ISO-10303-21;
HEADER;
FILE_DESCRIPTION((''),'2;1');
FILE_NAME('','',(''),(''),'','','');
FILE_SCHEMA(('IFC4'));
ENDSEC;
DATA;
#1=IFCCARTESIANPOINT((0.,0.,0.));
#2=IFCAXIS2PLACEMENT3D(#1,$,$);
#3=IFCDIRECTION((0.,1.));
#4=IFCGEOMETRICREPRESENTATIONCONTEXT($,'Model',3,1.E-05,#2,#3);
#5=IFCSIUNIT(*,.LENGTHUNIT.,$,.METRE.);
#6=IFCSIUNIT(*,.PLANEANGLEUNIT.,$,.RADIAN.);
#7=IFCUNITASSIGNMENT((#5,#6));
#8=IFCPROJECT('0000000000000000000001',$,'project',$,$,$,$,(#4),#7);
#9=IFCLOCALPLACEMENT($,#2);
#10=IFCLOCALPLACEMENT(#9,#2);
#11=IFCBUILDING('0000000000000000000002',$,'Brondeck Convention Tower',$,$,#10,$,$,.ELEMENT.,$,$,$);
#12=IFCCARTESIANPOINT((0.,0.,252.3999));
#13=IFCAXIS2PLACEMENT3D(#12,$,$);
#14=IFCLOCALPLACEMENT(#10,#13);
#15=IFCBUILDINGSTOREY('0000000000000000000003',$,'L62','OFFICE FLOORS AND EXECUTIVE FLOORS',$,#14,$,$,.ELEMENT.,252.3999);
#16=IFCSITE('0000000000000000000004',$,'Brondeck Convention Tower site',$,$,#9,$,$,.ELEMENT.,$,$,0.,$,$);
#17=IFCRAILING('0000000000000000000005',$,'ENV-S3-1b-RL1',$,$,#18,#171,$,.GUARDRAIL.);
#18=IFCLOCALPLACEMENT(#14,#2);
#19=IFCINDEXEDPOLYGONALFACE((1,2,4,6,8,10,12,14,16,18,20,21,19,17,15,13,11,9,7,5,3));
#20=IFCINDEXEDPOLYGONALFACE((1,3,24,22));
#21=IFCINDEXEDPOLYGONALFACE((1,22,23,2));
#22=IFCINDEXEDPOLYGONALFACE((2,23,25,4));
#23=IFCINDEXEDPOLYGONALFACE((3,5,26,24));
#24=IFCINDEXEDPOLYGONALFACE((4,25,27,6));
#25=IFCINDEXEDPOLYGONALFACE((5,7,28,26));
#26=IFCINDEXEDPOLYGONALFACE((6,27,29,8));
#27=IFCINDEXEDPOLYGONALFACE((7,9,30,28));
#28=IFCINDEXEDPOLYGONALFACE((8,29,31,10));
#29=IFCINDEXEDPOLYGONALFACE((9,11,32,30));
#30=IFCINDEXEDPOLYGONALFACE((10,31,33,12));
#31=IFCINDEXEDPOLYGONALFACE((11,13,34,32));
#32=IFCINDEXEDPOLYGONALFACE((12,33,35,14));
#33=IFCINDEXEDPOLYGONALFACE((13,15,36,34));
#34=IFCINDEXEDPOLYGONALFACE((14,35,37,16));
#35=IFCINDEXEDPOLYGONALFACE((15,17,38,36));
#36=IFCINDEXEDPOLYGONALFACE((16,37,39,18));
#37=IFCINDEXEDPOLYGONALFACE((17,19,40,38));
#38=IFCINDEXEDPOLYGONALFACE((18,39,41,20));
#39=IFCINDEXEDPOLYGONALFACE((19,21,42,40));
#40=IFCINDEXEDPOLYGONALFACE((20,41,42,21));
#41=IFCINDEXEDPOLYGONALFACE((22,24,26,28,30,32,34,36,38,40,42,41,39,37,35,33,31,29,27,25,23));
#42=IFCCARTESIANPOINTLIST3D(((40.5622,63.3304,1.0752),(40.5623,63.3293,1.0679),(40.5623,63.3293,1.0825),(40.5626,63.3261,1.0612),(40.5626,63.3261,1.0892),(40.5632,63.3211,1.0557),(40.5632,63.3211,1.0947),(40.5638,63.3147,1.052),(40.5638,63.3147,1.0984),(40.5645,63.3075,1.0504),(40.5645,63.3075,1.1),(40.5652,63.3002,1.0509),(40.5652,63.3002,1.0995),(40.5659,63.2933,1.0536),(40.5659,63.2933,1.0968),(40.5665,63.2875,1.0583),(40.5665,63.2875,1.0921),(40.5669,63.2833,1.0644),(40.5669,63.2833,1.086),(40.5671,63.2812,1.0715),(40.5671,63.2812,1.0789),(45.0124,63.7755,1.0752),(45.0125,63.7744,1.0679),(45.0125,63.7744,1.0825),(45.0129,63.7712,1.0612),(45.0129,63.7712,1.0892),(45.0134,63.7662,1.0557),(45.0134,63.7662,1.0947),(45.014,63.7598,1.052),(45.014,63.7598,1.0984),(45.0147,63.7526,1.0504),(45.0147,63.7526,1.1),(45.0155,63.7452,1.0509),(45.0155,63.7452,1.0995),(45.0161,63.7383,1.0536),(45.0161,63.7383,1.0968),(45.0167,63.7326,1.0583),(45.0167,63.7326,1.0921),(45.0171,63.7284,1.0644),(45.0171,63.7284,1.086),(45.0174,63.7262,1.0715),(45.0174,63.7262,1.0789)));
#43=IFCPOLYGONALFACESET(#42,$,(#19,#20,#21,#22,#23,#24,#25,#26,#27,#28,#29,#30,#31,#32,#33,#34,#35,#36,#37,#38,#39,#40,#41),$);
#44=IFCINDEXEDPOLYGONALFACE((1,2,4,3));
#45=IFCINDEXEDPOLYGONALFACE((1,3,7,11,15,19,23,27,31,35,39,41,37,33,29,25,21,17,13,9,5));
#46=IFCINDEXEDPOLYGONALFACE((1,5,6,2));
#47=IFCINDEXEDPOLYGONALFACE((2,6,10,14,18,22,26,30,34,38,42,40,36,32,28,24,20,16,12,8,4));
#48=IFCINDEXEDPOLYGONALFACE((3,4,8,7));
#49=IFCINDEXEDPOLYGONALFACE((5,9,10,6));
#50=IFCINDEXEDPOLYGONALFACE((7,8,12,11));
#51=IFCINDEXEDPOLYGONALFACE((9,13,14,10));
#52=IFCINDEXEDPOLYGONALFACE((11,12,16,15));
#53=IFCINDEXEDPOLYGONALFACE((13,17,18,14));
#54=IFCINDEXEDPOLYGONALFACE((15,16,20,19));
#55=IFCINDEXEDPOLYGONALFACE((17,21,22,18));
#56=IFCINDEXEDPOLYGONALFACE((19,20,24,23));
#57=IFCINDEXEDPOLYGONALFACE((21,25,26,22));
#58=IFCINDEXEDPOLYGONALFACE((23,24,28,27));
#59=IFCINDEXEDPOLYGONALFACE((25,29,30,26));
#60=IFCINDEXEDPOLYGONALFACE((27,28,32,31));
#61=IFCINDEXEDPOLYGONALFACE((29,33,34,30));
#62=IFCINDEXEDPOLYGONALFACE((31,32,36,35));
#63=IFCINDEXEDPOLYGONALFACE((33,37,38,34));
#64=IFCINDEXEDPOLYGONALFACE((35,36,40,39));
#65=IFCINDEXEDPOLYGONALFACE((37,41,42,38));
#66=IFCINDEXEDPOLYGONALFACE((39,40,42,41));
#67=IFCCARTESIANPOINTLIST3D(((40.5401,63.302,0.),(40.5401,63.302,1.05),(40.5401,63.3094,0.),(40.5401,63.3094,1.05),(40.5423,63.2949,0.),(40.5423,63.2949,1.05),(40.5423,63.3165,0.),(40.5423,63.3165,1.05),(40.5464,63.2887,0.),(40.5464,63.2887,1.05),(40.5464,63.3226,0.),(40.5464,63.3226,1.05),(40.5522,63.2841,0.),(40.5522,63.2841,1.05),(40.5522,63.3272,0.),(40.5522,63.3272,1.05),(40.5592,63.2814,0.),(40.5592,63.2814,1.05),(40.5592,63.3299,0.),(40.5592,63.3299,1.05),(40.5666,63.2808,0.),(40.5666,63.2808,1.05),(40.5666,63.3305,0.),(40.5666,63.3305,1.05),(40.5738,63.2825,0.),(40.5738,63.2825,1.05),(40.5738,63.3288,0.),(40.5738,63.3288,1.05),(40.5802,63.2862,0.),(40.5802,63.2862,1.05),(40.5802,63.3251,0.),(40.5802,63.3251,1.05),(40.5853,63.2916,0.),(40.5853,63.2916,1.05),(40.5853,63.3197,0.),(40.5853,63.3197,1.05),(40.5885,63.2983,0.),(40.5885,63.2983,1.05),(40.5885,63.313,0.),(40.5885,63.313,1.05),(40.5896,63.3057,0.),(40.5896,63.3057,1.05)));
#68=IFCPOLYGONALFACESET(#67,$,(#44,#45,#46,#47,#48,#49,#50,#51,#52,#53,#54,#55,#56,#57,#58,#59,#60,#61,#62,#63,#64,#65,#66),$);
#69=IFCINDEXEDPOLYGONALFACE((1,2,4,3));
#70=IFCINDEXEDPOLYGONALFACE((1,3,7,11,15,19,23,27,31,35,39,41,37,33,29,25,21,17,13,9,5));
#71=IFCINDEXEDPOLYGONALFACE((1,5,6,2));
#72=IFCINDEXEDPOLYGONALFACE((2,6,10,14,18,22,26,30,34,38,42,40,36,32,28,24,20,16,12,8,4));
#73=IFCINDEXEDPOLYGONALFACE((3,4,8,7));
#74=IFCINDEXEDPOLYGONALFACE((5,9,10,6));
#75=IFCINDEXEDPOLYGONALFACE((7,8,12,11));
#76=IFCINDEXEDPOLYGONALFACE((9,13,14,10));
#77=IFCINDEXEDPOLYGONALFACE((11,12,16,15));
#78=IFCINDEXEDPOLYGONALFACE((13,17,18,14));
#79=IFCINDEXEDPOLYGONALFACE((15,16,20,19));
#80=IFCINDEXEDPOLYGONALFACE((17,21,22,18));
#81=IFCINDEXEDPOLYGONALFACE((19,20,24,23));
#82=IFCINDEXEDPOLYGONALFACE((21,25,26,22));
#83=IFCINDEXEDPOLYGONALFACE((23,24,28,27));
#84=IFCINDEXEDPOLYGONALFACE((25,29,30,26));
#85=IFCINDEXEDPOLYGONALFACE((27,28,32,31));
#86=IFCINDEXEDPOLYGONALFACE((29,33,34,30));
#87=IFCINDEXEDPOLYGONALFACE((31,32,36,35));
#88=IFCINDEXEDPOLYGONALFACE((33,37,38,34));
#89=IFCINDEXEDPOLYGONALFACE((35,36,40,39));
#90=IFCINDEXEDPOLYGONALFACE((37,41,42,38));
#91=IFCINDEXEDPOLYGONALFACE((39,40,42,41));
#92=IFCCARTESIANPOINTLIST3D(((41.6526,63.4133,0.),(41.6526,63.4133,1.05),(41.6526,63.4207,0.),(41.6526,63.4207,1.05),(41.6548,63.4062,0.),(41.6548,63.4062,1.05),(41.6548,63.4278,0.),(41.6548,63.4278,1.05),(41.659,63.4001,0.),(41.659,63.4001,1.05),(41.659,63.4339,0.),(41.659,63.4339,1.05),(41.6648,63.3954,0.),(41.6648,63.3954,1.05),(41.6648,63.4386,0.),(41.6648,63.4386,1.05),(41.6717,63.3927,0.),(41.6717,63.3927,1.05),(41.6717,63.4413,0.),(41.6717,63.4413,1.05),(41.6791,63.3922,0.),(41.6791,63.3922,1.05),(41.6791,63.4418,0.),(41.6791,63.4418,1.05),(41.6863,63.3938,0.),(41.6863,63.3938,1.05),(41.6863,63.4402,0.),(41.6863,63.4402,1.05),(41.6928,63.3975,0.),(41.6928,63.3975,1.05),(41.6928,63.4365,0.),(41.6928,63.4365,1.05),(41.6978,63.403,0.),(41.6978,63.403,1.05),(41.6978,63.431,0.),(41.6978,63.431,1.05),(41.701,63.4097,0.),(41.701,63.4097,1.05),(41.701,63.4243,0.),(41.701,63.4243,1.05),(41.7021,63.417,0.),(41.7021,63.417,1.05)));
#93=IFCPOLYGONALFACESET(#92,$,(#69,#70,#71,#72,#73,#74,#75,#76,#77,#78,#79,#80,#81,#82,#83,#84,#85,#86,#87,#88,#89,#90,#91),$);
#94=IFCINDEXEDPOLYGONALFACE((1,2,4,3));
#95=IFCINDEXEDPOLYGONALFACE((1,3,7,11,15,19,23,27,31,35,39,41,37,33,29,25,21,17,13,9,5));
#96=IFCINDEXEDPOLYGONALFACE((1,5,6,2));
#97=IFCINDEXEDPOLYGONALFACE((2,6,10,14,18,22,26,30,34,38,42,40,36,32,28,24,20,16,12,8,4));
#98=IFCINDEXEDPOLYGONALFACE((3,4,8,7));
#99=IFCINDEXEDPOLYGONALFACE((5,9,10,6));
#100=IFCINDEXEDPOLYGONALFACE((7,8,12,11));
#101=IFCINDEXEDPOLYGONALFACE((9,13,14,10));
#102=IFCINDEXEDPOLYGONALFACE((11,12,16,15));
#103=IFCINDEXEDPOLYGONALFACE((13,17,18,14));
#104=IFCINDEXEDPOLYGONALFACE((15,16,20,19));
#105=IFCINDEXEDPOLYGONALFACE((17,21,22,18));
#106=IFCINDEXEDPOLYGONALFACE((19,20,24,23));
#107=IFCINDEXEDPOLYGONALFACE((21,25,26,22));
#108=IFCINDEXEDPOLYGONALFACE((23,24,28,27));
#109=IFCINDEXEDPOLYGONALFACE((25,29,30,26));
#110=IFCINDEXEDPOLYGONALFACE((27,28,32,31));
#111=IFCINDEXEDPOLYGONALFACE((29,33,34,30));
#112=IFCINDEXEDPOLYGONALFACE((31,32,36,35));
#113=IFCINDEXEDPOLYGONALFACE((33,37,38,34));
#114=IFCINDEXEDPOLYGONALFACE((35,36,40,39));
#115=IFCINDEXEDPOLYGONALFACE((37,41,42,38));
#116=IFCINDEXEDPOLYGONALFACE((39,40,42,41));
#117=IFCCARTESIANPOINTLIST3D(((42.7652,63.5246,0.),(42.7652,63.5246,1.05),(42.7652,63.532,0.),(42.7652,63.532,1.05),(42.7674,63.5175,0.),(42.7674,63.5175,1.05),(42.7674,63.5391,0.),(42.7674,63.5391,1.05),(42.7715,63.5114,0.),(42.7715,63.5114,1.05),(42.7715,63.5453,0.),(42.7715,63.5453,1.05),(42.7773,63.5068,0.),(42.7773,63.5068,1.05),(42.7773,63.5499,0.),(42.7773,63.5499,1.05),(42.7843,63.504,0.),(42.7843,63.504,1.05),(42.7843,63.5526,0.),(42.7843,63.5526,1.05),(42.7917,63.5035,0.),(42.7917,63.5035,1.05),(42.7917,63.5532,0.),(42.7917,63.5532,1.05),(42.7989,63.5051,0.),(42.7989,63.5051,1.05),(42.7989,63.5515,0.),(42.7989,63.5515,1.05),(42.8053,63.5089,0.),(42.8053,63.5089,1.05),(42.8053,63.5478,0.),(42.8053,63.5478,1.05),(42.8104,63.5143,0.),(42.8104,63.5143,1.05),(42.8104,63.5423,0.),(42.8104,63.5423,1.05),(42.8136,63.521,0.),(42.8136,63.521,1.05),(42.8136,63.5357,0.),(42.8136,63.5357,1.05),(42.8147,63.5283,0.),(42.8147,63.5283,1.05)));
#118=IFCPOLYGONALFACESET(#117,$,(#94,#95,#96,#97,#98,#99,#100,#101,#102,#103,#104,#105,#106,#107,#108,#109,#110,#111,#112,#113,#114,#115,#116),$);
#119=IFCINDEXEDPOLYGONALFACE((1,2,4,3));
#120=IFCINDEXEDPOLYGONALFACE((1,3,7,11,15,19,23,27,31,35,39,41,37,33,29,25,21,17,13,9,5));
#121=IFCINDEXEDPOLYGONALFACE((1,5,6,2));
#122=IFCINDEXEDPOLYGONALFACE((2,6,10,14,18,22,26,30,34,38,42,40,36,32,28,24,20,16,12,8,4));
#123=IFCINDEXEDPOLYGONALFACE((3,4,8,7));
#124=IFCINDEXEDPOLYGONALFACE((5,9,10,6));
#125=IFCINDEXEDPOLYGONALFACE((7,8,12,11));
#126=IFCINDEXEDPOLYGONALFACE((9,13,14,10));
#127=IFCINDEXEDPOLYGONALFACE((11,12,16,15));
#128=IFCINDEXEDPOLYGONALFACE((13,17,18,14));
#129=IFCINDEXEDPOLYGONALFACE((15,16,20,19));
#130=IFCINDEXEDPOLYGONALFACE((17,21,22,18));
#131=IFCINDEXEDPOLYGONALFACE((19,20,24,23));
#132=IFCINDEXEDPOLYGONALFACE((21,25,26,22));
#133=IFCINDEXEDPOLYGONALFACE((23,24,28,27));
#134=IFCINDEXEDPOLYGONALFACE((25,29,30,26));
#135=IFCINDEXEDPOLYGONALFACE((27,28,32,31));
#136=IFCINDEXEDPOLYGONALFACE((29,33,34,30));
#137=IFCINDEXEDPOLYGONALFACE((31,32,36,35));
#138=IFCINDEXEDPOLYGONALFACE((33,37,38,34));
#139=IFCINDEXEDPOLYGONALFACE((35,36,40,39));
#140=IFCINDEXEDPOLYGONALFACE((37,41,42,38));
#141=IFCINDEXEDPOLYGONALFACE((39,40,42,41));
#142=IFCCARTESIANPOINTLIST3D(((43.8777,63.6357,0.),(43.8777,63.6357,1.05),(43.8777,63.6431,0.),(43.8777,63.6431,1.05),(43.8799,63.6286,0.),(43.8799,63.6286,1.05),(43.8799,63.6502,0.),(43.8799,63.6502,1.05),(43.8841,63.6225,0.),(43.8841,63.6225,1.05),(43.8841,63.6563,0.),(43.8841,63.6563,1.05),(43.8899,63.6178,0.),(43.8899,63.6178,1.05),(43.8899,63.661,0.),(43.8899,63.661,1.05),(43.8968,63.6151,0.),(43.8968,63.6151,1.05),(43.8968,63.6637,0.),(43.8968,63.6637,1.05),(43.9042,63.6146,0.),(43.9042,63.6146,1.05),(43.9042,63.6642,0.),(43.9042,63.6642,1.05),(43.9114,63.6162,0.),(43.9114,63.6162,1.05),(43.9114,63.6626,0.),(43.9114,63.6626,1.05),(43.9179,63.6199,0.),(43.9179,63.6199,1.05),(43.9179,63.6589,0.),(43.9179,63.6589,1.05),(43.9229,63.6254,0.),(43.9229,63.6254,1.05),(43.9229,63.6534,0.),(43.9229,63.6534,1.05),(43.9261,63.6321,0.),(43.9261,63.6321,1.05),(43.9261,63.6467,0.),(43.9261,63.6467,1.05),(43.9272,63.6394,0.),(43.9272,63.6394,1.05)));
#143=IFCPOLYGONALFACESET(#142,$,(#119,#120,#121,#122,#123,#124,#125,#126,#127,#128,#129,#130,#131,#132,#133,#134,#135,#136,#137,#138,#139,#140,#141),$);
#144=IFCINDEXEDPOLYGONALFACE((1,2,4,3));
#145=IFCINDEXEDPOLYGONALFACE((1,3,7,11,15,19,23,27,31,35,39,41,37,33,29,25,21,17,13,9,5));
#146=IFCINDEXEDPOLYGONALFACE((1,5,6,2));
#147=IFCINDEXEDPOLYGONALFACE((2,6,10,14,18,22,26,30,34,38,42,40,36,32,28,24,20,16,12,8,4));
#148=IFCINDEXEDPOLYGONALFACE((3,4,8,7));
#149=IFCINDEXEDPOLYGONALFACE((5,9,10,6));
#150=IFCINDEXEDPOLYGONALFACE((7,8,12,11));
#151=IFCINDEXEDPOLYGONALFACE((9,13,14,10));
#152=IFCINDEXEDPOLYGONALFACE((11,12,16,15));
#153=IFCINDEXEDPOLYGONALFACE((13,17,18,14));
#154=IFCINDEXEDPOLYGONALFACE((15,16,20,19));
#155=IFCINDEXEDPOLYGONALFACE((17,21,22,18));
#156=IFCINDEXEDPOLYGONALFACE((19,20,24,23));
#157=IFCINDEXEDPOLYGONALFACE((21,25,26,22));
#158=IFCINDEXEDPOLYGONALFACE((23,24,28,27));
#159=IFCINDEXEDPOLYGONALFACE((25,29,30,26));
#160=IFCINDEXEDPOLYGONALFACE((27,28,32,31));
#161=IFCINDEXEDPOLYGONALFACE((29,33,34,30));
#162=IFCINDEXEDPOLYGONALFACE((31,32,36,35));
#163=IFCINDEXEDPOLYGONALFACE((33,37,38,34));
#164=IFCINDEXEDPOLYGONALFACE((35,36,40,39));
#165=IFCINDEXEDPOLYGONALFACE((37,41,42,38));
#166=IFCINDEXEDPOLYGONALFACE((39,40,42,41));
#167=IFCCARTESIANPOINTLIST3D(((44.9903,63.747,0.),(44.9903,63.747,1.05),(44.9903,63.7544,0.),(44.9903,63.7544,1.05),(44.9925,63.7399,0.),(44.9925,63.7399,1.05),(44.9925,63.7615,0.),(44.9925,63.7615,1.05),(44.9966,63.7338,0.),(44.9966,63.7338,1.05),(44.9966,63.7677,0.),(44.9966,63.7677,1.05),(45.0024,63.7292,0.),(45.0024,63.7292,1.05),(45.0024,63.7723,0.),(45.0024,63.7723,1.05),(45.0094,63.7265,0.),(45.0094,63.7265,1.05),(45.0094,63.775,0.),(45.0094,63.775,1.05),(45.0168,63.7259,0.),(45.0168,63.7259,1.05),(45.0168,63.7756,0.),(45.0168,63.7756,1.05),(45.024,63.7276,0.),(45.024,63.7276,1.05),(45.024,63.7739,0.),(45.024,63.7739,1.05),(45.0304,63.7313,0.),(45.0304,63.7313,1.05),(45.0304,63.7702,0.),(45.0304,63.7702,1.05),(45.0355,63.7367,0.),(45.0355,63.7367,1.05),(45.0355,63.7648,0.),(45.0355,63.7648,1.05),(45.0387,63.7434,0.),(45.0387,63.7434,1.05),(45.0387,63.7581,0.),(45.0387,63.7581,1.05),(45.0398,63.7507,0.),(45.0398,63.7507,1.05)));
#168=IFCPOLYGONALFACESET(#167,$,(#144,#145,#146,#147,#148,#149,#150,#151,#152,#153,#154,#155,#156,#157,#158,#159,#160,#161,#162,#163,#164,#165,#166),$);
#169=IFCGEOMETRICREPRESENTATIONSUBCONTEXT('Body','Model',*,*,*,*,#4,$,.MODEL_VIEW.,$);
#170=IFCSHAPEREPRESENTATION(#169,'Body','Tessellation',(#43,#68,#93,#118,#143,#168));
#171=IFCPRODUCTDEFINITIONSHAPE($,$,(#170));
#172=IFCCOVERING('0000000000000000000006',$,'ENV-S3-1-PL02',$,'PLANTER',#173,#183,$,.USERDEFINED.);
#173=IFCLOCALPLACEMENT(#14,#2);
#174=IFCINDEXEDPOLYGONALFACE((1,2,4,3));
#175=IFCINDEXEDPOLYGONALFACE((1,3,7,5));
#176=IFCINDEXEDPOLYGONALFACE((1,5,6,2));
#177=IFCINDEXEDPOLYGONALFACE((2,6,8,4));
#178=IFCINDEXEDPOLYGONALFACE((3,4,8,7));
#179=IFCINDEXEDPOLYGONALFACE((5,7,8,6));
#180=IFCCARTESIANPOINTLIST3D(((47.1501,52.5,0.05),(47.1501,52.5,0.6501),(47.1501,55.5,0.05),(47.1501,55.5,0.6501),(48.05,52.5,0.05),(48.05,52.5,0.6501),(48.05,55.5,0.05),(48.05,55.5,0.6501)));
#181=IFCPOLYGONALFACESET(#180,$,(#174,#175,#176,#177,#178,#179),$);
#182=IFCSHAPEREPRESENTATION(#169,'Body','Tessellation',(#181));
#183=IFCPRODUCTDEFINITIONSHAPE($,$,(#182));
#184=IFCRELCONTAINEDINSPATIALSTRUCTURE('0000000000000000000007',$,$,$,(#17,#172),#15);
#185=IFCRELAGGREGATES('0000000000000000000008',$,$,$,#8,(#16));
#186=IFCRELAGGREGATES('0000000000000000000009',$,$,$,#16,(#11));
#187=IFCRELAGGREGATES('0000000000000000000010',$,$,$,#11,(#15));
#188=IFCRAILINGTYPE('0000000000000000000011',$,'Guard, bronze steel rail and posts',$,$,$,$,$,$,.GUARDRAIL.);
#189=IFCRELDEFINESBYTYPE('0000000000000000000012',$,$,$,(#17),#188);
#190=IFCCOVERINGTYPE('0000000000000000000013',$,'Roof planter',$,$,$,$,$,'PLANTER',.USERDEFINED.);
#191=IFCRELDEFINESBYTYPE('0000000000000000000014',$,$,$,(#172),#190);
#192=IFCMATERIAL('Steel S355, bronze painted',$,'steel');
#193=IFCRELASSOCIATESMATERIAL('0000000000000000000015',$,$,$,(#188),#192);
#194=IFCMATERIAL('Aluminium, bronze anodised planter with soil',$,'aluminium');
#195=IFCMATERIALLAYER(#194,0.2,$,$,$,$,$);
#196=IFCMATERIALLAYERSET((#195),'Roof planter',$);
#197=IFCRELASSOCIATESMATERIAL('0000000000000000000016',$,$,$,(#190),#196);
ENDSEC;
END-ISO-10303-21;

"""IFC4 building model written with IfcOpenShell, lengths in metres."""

from ifc_helpers import new_model, si_unit, direction, frame, origin, origin_2d, place, context, subcontext, project, spatial, rectangle, circle, extrude, material, layer, layer_set, type_object, element, save


model = new_model("IFC4")

# Units and contexts
model_context = context("Model", 3, precision=1e-05, world=origin(), true_north=direction((0.0, 1.0)))
body_context = subcontext(model_context, "Body", "Model", "MODEL_VIEW")
ifc_project = project(units=[si_unit("LENGTHUNIT", "METRE"), si_unit("PLANEANGLEUNIT", "RADIAN")], contexts=[model_context])

# Site, building, storey
site_placement = place(None, origin())
site = spatial("IfcSite", under=ifc_project, at=site_placement, Name="Brondeck Convention Tower site", CompositionType="ELEMENT", RefElevation=0.0)
building_placement = place(site_placement, origin())
building = spatial("IfcBuilding", under=site, at=building_placement, Name="Brondeck Convention Tower", CompositionType="ELEMENT")
storey_placement = place(building_placement, frame((0.0, 0.0, 252.3999)))
storey = spatial("IfcBuildingStorey", under=building, at=storey_placement, Name="L62", Description="OFFICE FLOORS AND EXECUTIVE FLOORS", CompositionType="ELEMENT", Elevation=252.3999)

# Railing
ifc_material_1 = material(Name="Steel S355, bronze painted", Category="steel")
railing_type_1 = type_object("IfcRailingType", Name="Guard, bronze steel rail and posts", PredefinedType="GUARDRAIL", material=ifc_material_1)
railing_1_placement = place(storey_placement, frame((40.5647, 63.3057, 0.0)))
element("IfcRailing", 1, at=railing_1_placement, inside=storey, type_object=railing_type_1, Name="ENV-S3-1b-RL1", PredefinedType="GUARDRAIL", context=body_context, shape_type="SweptSolid", body=[
    extrude(circle(Radius=0.0249, at=origin_2d()), frame((0.0, 0.0, 1.0752), z_axis=(0.995036, 0.099515, 0.0), x_axis=(-0.099515, 0.995036, 0.0)), (0.0, 0.0, 1.0), 4.4724),
    extrude(circle(Radius=0.0249, at=origin_2d()), origin(), (0.0, 0.0, 1.0), 1.05),
    extrude(circle(Radius=0.0249, at=origin_2d()), frame((1.1125, 0.1113, 0.0)), (0.0, 0.0, 1.0), 1.05),
    extrude(circle(Radius=0.0249, at=origin_2d()), frame((2.2251, 0.2227, 0.0)), (0.0, 0.0, 1.0), 1.05),
    extrude(circle(Radius=0.0249, at=origin_2d()), frame((3.3376, 0.3337, 0.0)), (0.0, 0.0, 1.0), 1.05),
    extrude(circle(Radius=0.0249, at=origin_2d()), frame((4.4502, 0.4451, 0.0)), (0.0, 0.0, 1.0), 1.05),
])

# Covering
ifc_material_2 = material(Name="Aluminium, bronze anodised planter with soil", Category="aluminium")
ifc_layer_1 = layer(ifc_material_2, 0.2)
ifc_layer_set_1 = layer_set([ifc_layer_1], Name="Roof planter")
covering_type = type_object("IfcCoveringType", Name="Roof planter", ElementType="PLANTER", PredefinedType="USERDEFINED", material=ifc_layer_set_1)
covering_placement = place(storey_placement, frame((47.6001, 54.0, 0.05), z_axis=(0.0, 0.0, 1.0), x_axis=(0.0, 1.0, 0.0)))
element("IfcCovering", 2, at=covering_placement, inside=storey, type_object=covering_type, Name="ENV-S3-1-PL02", ObjectType="PLANTER", PredefinedType="USERDEFINED", context=body_context, shape_type="SweptSolid", body=[
    extrude(rectangle(XDim=3.0, YDim=0.8999, at=origin_2d()), origin(), (0.0, 0.0, 1.0), 0.6001),
])

save(model, "model.ifc")
